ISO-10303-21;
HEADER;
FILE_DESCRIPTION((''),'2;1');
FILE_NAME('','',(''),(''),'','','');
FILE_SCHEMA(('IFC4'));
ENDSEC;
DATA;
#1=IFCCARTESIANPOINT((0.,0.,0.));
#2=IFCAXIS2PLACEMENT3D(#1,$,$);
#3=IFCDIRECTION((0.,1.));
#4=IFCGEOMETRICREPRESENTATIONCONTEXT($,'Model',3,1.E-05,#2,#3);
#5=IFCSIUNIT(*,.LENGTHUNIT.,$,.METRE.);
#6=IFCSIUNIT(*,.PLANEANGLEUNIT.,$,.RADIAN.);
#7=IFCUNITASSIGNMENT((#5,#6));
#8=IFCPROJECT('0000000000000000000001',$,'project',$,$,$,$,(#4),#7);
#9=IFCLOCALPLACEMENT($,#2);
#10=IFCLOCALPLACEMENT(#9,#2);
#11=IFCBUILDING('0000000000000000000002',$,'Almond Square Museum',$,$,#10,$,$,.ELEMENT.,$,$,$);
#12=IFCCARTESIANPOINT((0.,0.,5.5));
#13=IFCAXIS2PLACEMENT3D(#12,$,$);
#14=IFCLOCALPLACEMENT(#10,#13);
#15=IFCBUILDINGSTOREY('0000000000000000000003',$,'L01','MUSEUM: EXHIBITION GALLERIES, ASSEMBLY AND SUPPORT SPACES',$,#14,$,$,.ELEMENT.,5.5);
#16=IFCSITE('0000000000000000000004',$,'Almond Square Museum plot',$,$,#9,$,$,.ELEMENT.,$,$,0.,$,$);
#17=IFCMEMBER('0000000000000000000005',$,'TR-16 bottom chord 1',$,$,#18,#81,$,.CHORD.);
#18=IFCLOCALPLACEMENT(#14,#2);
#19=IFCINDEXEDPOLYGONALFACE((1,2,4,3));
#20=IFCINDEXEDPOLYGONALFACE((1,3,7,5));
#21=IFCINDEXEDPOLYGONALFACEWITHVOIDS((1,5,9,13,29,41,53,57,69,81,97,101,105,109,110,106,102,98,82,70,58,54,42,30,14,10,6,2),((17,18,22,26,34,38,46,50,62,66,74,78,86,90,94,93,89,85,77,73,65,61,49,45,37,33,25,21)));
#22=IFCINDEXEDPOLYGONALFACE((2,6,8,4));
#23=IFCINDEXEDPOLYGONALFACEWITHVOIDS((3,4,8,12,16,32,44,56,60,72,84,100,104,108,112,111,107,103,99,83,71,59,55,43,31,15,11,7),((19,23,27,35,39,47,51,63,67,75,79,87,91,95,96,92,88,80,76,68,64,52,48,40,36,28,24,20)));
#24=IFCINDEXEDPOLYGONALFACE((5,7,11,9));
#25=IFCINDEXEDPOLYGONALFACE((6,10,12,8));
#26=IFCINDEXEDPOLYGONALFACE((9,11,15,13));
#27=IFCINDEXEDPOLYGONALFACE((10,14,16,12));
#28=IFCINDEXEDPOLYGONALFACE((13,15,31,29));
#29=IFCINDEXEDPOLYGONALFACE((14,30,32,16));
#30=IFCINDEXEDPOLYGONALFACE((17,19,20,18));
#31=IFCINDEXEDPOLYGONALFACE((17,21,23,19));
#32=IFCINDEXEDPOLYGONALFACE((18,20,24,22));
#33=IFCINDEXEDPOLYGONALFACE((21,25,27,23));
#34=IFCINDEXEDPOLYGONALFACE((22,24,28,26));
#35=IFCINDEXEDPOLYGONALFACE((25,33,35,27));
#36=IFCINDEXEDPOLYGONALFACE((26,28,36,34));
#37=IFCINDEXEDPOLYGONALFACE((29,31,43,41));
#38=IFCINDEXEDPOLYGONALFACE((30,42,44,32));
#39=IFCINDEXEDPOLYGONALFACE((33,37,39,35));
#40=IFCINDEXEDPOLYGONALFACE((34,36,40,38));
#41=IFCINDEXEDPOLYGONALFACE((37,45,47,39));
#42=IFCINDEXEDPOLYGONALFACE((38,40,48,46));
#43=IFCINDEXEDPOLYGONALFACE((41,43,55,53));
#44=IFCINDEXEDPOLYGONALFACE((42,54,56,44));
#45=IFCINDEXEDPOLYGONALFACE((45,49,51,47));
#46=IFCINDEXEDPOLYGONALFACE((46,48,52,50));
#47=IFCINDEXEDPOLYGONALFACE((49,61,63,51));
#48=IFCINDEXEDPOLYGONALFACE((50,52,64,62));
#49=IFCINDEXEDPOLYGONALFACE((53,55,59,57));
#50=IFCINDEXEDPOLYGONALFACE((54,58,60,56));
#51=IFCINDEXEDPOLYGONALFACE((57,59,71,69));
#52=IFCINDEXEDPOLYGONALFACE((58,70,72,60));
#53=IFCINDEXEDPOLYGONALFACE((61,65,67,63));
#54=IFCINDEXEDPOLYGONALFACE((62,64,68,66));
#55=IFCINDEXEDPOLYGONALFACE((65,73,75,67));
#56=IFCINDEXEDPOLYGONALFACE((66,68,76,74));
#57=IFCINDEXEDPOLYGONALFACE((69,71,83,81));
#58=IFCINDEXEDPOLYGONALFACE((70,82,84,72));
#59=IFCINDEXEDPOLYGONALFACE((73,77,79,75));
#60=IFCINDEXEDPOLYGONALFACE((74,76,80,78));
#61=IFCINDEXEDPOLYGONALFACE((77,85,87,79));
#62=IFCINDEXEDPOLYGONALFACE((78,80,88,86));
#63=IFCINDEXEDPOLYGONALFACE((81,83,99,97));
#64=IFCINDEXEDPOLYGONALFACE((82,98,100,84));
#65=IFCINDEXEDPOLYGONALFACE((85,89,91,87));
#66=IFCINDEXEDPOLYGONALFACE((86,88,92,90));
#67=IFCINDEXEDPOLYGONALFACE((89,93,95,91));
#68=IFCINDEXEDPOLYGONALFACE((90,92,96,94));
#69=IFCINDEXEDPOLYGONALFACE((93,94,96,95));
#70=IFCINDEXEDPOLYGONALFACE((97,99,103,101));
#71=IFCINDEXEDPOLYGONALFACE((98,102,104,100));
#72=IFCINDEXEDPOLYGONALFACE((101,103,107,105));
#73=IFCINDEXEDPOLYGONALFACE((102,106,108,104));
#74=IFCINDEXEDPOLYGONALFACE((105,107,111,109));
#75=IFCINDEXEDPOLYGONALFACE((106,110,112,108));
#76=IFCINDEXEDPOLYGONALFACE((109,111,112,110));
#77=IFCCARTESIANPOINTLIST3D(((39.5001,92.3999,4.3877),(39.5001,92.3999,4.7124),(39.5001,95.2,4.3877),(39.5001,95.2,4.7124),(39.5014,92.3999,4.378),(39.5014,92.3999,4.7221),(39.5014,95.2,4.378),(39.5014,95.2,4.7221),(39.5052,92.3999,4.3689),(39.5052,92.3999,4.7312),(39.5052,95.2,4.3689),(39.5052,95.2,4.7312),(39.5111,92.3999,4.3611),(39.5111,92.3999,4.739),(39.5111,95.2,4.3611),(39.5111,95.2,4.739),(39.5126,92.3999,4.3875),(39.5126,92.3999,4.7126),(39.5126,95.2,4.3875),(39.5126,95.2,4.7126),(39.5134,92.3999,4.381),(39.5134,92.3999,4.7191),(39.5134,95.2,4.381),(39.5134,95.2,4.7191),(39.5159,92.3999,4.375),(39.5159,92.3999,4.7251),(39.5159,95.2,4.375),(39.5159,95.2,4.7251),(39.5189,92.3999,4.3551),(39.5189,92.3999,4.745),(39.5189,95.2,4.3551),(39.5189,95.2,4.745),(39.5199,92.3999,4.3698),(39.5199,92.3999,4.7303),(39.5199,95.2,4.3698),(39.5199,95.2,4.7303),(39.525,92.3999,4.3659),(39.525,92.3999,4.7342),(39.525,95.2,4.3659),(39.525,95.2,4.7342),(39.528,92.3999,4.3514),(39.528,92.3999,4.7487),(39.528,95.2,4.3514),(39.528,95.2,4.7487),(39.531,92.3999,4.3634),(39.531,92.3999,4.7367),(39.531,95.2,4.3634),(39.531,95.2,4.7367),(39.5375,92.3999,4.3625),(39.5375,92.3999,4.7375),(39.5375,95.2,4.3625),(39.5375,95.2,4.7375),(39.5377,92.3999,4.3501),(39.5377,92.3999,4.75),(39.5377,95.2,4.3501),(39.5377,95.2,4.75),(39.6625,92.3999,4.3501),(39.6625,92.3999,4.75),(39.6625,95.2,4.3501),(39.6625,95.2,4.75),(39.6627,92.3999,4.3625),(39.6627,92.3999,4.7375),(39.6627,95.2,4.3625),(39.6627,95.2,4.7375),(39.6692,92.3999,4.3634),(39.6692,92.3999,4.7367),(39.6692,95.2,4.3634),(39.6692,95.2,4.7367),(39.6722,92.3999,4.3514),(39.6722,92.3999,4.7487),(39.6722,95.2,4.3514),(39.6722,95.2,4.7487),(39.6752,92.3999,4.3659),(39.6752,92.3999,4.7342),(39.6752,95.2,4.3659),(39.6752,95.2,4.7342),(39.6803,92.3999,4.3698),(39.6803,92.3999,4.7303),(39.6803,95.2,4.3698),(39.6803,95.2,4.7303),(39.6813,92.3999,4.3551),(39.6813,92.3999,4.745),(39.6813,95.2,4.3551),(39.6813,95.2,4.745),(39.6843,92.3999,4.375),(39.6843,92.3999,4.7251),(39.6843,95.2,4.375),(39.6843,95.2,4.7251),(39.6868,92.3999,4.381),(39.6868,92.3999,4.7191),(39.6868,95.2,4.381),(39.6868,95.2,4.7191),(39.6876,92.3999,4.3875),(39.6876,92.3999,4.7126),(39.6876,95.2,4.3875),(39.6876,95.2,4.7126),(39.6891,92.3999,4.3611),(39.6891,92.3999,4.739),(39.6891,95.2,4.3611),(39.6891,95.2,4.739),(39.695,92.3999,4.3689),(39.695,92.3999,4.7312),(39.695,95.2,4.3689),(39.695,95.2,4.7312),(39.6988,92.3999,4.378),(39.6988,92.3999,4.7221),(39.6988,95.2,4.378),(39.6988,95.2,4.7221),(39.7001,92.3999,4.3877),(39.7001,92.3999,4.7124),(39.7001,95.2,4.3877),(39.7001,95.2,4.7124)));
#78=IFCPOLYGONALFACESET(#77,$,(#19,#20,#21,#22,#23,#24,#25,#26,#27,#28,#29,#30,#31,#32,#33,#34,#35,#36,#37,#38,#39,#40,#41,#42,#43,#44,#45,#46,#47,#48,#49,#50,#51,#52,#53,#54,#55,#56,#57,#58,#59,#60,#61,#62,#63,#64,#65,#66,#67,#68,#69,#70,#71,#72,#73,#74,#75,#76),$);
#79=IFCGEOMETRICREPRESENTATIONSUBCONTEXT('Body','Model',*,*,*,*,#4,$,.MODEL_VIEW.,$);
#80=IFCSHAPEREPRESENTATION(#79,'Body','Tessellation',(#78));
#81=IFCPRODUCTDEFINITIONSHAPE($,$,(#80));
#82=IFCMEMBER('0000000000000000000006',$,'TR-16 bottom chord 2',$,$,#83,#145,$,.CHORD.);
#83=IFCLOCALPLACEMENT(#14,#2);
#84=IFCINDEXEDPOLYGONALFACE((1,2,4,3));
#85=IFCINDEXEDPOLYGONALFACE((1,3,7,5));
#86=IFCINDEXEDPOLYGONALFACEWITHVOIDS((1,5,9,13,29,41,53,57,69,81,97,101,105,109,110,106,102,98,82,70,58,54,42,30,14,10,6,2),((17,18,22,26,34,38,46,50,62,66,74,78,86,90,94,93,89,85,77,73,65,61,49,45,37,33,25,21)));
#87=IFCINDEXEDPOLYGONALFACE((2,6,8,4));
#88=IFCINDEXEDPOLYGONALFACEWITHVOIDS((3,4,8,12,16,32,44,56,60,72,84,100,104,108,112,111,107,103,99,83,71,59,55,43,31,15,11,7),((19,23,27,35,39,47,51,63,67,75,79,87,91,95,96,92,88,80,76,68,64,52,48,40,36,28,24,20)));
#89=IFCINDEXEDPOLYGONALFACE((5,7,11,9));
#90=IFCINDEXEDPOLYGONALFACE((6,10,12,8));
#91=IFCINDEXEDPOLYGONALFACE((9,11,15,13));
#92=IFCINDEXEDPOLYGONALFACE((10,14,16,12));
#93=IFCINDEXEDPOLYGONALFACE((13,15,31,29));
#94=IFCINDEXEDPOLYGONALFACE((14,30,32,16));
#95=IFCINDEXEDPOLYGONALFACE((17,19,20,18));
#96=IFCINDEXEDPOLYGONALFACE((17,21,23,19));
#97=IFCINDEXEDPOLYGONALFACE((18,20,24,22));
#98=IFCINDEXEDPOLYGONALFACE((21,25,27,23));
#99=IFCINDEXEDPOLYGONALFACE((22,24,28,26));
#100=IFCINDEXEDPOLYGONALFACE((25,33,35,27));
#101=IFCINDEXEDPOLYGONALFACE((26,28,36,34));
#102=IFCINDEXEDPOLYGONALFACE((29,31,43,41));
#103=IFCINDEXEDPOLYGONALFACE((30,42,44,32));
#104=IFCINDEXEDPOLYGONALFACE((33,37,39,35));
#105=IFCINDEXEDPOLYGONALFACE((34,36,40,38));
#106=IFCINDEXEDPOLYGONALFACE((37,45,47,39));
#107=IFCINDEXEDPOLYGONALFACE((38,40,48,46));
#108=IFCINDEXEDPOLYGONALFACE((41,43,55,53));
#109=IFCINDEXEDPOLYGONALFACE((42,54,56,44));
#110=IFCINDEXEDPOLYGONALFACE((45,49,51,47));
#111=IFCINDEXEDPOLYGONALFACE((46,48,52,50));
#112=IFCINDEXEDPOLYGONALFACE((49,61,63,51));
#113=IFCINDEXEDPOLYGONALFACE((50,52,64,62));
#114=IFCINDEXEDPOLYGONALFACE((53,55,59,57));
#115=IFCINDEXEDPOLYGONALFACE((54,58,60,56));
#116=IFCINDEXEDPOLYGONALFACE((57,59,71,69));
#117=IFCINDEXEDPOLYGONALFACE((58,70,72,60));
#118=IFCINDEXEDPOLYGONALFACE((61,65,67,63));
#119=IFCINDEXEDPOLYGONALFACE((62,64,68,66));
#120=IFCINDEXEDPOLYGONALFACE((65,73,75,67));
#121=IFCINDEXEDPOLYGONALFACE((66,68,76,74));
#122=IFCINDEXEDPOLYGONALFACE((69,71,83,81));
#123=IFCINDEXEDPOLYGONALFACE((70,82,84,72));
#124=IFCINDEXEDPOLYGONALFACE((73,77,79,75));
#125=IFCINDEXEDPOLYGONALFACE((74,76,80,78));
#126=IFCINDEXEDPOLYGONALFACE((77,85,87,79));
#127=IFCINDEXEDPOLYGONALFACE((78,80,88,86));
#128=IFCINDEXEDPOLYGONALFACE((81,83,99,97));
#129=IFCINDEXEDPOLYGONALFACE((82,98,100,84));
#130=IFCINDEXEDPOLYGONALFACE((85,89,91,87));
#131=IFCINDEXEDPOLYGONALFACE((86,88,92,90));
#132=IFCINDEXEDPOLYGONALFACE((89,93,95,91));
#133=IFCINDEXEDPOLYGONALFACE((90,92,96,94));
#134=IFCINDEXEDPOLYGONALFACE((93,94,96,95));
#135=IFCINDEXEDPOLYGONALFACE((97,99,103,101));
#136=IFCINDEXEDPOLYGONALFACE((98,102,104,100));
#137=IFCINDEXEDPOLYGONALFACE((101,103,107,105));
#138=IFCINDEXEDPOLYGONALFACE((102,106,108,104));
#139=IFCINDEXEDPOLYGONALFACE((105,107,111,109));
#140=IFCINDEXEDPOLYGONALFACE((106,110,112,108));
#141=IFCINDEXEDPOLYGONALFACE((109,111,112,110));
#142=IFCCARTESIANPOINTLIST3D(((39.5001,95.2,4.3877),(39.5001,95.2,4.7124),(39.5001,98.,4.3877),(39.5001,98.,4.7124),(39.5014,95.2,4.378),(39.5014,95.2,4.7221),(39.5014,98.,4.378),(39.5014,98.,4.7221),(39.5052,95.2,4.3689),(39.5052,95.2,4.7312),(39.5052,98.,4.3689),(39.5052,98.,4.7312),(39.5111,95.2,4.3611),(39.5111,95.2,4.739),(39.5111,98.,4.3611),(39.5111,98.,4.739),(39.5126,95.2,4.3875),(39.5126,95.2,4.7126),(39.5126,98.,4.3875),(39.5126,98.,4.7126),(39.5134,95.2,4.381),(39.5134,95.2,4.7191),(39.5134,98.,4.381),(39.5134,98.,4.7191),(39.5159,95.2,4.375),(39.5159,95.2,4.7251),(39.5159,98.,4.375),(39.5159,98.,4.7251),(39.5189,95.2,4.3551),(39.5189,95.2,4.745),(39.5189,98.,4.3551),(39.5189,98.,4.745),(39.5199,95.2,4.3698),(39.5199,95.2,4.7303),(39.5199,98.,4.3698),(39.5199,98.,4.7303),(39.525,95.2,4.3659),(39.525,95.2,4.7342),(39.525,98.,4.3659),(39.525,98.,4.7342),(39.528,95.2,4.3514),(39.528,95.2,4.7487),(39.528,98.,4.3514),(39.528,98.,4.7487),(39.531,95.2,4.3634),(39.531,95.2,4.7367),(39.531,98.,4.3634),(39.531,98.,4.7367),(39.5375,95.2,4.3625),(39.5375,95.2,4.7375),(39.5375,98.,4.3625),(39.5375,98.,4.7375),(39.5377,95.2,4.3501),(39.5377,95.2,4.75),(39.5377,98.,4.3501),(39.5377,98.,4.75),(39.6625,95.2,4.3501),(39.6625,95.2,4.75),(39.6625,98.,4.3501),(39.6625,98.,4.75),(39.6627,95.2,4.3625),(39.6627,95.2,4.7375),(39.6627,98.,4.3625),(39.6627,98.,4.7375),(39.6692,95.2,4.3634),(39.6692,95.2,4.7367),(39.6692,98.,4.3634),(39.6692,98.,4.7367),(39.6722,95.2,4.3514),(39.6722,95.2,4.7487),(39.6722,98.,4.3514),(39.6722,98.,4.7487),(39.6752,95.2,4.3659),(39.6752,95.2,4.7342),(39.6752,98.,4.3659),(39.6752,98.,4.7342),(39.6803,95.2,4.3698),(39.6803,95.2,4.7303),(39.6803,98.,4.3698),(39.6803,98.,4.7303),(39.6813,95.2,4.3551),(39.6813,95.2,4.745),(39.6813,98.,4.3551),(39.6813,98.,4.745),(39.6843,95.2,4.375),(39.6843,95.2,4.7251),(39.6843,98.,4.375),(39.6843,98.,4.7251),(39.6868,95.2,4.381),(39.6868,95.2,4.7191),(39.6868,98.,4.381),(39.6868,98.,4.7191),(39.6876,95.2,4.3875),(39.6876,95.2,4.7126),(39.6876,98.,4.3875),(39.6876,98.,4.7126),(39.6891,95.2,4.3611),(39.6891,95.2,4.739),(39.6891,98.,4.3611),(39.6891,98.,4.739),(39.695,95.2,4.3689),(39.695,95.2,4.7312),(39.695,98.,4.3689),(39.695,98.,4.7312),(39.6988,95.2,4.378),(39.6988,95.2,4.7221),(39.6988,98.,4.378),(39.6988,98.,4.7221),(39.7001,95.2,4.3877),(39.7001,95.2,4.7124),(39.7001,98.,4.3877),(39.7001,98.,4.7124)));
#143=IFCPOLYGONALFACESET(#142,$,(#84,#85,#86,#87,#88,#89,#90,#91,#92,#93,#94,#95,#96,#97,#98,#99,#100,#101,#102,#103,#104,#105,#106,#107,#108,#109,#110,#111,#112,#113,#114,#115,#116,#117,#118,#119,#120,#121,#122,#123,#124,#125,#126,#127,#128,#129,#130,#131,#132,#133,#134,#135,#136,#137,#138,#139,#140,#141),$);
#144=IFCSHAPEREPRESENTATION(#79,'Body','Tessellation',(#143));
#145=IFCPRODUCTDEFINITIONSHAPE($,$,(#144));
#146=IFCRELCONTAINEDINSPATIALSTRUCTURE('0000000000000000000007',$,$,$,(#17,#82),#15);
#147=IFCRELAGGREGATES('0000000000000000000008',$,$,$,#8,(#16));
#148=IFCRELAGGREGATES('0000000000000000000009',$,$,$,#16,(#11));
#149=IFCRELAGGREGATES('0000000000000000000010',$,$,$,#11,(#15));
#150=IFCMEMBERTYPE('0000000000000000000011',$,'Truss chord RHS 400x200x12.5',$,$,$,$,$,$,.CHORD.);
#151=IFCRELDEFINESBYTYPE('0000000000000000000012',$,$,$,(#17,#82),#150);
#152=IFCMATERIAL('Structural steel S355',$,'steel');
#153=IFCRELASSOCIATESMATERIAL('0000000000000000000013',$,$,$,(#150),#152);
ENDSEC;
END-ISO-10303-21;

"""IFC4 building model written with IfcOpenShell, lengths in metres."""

from ifc_helpers import new_model, si_unit, direction, frame, origin, origin_2d, place, context, subcontext, project, spatial, hollow_rectangle, extrude, material, material_profile, profile_set, type_object, element, save


model = new_model("IFC4")

# Units and contexts
model_context = context("Model", 3, precision=1e-05, world=origin(), true_north=direction((0.0, 1.0)))
body_context = subcontext(model_context, "Body", "Model", "MODEL_VIEW")
ifc_project = project(units=[si_unit("LENGTHUNIT", "METRE"), si_unit("PLANEANGLEUNIT", "RADIAN")], contexts=[model_context])

# Site, building, storey
site_placement = place(None, origin())
site = spatial("IfcSite", under=ifc_project, at=site_placement, Name="Almond Square Museum plot", CompositionType="ELEMENT", RefElevation=0.0)
building_placement = place(site_placement, origin())
building = spatial("IfcBuilding", under=site, at=building_placement, Name="Almond Square Museum", CompositionType="ELEMENT")
storey_placement = place(building_placement, frame((0.0, 0.0, 5.5)))
storey = spatial("IfcBuildingStorey", under=building, at=storey_placement, Name="L01", Description="MUSEUM: EXHIBITION GALLERIES, ASSEMBLY AND SUPPORT SPACES", CompositionType="ELEMENT", Elevation=5.5)

# Members
ifc_material_1 = material(Name="Structural steel S355", Category="steel")
ifc_material_profile_1 = material_profile(ifc_material_1, hollow_rectangle(XDim=0.2, YDim=0.3999, WallThickness=0.0125, InnerFilletRadius=0.0249, OuterFilletRadius=0.0376, at=origin_2d()))
ifc_profile_set_1 = profile_set([ifc_material_profile_1], Name="Structural steel S355")
member_type_1 = type_object("IfcMemberType", Name="Truss chord RHS 400x200x12.5", PredefinedType="CHORD", material=ifc_profile_set_1)
for number, where, z_axis, x_axis, name in (
    (1, (39.6001, 92.3999, 4.55), (0.0, 1.0, 0.0), (-1.0, 0.0, 0.0), "TR-16 bottom chord 1"),
    (2, (39.6001, 95.2, 4.55), (0.0, 1.0, 0.0), (-1.0, 0.0, 0.0), "TR-16 bottom chord 2"),
):
    element("IfcMember", number, at=place(storey_placement, frame(where, z_axis=z_axis, x_axis=x_axis)), inside=storey, type_object=member_type_1, Name=name, PredefinedType="CHORD", context=body_context, shape_type="SweptSolid", body=[
        extrude(hollow_rectangle(XDim=0.2, YDim=0.3999, WallThickness=0.0125, InnerFilletRadius=0.0249, OuterFilletRadius=0.0376, at=origin_2d()), origin(), (0.0, 0.0, 1.0), 2.8),
    ])

save(model, "model.ifc")
